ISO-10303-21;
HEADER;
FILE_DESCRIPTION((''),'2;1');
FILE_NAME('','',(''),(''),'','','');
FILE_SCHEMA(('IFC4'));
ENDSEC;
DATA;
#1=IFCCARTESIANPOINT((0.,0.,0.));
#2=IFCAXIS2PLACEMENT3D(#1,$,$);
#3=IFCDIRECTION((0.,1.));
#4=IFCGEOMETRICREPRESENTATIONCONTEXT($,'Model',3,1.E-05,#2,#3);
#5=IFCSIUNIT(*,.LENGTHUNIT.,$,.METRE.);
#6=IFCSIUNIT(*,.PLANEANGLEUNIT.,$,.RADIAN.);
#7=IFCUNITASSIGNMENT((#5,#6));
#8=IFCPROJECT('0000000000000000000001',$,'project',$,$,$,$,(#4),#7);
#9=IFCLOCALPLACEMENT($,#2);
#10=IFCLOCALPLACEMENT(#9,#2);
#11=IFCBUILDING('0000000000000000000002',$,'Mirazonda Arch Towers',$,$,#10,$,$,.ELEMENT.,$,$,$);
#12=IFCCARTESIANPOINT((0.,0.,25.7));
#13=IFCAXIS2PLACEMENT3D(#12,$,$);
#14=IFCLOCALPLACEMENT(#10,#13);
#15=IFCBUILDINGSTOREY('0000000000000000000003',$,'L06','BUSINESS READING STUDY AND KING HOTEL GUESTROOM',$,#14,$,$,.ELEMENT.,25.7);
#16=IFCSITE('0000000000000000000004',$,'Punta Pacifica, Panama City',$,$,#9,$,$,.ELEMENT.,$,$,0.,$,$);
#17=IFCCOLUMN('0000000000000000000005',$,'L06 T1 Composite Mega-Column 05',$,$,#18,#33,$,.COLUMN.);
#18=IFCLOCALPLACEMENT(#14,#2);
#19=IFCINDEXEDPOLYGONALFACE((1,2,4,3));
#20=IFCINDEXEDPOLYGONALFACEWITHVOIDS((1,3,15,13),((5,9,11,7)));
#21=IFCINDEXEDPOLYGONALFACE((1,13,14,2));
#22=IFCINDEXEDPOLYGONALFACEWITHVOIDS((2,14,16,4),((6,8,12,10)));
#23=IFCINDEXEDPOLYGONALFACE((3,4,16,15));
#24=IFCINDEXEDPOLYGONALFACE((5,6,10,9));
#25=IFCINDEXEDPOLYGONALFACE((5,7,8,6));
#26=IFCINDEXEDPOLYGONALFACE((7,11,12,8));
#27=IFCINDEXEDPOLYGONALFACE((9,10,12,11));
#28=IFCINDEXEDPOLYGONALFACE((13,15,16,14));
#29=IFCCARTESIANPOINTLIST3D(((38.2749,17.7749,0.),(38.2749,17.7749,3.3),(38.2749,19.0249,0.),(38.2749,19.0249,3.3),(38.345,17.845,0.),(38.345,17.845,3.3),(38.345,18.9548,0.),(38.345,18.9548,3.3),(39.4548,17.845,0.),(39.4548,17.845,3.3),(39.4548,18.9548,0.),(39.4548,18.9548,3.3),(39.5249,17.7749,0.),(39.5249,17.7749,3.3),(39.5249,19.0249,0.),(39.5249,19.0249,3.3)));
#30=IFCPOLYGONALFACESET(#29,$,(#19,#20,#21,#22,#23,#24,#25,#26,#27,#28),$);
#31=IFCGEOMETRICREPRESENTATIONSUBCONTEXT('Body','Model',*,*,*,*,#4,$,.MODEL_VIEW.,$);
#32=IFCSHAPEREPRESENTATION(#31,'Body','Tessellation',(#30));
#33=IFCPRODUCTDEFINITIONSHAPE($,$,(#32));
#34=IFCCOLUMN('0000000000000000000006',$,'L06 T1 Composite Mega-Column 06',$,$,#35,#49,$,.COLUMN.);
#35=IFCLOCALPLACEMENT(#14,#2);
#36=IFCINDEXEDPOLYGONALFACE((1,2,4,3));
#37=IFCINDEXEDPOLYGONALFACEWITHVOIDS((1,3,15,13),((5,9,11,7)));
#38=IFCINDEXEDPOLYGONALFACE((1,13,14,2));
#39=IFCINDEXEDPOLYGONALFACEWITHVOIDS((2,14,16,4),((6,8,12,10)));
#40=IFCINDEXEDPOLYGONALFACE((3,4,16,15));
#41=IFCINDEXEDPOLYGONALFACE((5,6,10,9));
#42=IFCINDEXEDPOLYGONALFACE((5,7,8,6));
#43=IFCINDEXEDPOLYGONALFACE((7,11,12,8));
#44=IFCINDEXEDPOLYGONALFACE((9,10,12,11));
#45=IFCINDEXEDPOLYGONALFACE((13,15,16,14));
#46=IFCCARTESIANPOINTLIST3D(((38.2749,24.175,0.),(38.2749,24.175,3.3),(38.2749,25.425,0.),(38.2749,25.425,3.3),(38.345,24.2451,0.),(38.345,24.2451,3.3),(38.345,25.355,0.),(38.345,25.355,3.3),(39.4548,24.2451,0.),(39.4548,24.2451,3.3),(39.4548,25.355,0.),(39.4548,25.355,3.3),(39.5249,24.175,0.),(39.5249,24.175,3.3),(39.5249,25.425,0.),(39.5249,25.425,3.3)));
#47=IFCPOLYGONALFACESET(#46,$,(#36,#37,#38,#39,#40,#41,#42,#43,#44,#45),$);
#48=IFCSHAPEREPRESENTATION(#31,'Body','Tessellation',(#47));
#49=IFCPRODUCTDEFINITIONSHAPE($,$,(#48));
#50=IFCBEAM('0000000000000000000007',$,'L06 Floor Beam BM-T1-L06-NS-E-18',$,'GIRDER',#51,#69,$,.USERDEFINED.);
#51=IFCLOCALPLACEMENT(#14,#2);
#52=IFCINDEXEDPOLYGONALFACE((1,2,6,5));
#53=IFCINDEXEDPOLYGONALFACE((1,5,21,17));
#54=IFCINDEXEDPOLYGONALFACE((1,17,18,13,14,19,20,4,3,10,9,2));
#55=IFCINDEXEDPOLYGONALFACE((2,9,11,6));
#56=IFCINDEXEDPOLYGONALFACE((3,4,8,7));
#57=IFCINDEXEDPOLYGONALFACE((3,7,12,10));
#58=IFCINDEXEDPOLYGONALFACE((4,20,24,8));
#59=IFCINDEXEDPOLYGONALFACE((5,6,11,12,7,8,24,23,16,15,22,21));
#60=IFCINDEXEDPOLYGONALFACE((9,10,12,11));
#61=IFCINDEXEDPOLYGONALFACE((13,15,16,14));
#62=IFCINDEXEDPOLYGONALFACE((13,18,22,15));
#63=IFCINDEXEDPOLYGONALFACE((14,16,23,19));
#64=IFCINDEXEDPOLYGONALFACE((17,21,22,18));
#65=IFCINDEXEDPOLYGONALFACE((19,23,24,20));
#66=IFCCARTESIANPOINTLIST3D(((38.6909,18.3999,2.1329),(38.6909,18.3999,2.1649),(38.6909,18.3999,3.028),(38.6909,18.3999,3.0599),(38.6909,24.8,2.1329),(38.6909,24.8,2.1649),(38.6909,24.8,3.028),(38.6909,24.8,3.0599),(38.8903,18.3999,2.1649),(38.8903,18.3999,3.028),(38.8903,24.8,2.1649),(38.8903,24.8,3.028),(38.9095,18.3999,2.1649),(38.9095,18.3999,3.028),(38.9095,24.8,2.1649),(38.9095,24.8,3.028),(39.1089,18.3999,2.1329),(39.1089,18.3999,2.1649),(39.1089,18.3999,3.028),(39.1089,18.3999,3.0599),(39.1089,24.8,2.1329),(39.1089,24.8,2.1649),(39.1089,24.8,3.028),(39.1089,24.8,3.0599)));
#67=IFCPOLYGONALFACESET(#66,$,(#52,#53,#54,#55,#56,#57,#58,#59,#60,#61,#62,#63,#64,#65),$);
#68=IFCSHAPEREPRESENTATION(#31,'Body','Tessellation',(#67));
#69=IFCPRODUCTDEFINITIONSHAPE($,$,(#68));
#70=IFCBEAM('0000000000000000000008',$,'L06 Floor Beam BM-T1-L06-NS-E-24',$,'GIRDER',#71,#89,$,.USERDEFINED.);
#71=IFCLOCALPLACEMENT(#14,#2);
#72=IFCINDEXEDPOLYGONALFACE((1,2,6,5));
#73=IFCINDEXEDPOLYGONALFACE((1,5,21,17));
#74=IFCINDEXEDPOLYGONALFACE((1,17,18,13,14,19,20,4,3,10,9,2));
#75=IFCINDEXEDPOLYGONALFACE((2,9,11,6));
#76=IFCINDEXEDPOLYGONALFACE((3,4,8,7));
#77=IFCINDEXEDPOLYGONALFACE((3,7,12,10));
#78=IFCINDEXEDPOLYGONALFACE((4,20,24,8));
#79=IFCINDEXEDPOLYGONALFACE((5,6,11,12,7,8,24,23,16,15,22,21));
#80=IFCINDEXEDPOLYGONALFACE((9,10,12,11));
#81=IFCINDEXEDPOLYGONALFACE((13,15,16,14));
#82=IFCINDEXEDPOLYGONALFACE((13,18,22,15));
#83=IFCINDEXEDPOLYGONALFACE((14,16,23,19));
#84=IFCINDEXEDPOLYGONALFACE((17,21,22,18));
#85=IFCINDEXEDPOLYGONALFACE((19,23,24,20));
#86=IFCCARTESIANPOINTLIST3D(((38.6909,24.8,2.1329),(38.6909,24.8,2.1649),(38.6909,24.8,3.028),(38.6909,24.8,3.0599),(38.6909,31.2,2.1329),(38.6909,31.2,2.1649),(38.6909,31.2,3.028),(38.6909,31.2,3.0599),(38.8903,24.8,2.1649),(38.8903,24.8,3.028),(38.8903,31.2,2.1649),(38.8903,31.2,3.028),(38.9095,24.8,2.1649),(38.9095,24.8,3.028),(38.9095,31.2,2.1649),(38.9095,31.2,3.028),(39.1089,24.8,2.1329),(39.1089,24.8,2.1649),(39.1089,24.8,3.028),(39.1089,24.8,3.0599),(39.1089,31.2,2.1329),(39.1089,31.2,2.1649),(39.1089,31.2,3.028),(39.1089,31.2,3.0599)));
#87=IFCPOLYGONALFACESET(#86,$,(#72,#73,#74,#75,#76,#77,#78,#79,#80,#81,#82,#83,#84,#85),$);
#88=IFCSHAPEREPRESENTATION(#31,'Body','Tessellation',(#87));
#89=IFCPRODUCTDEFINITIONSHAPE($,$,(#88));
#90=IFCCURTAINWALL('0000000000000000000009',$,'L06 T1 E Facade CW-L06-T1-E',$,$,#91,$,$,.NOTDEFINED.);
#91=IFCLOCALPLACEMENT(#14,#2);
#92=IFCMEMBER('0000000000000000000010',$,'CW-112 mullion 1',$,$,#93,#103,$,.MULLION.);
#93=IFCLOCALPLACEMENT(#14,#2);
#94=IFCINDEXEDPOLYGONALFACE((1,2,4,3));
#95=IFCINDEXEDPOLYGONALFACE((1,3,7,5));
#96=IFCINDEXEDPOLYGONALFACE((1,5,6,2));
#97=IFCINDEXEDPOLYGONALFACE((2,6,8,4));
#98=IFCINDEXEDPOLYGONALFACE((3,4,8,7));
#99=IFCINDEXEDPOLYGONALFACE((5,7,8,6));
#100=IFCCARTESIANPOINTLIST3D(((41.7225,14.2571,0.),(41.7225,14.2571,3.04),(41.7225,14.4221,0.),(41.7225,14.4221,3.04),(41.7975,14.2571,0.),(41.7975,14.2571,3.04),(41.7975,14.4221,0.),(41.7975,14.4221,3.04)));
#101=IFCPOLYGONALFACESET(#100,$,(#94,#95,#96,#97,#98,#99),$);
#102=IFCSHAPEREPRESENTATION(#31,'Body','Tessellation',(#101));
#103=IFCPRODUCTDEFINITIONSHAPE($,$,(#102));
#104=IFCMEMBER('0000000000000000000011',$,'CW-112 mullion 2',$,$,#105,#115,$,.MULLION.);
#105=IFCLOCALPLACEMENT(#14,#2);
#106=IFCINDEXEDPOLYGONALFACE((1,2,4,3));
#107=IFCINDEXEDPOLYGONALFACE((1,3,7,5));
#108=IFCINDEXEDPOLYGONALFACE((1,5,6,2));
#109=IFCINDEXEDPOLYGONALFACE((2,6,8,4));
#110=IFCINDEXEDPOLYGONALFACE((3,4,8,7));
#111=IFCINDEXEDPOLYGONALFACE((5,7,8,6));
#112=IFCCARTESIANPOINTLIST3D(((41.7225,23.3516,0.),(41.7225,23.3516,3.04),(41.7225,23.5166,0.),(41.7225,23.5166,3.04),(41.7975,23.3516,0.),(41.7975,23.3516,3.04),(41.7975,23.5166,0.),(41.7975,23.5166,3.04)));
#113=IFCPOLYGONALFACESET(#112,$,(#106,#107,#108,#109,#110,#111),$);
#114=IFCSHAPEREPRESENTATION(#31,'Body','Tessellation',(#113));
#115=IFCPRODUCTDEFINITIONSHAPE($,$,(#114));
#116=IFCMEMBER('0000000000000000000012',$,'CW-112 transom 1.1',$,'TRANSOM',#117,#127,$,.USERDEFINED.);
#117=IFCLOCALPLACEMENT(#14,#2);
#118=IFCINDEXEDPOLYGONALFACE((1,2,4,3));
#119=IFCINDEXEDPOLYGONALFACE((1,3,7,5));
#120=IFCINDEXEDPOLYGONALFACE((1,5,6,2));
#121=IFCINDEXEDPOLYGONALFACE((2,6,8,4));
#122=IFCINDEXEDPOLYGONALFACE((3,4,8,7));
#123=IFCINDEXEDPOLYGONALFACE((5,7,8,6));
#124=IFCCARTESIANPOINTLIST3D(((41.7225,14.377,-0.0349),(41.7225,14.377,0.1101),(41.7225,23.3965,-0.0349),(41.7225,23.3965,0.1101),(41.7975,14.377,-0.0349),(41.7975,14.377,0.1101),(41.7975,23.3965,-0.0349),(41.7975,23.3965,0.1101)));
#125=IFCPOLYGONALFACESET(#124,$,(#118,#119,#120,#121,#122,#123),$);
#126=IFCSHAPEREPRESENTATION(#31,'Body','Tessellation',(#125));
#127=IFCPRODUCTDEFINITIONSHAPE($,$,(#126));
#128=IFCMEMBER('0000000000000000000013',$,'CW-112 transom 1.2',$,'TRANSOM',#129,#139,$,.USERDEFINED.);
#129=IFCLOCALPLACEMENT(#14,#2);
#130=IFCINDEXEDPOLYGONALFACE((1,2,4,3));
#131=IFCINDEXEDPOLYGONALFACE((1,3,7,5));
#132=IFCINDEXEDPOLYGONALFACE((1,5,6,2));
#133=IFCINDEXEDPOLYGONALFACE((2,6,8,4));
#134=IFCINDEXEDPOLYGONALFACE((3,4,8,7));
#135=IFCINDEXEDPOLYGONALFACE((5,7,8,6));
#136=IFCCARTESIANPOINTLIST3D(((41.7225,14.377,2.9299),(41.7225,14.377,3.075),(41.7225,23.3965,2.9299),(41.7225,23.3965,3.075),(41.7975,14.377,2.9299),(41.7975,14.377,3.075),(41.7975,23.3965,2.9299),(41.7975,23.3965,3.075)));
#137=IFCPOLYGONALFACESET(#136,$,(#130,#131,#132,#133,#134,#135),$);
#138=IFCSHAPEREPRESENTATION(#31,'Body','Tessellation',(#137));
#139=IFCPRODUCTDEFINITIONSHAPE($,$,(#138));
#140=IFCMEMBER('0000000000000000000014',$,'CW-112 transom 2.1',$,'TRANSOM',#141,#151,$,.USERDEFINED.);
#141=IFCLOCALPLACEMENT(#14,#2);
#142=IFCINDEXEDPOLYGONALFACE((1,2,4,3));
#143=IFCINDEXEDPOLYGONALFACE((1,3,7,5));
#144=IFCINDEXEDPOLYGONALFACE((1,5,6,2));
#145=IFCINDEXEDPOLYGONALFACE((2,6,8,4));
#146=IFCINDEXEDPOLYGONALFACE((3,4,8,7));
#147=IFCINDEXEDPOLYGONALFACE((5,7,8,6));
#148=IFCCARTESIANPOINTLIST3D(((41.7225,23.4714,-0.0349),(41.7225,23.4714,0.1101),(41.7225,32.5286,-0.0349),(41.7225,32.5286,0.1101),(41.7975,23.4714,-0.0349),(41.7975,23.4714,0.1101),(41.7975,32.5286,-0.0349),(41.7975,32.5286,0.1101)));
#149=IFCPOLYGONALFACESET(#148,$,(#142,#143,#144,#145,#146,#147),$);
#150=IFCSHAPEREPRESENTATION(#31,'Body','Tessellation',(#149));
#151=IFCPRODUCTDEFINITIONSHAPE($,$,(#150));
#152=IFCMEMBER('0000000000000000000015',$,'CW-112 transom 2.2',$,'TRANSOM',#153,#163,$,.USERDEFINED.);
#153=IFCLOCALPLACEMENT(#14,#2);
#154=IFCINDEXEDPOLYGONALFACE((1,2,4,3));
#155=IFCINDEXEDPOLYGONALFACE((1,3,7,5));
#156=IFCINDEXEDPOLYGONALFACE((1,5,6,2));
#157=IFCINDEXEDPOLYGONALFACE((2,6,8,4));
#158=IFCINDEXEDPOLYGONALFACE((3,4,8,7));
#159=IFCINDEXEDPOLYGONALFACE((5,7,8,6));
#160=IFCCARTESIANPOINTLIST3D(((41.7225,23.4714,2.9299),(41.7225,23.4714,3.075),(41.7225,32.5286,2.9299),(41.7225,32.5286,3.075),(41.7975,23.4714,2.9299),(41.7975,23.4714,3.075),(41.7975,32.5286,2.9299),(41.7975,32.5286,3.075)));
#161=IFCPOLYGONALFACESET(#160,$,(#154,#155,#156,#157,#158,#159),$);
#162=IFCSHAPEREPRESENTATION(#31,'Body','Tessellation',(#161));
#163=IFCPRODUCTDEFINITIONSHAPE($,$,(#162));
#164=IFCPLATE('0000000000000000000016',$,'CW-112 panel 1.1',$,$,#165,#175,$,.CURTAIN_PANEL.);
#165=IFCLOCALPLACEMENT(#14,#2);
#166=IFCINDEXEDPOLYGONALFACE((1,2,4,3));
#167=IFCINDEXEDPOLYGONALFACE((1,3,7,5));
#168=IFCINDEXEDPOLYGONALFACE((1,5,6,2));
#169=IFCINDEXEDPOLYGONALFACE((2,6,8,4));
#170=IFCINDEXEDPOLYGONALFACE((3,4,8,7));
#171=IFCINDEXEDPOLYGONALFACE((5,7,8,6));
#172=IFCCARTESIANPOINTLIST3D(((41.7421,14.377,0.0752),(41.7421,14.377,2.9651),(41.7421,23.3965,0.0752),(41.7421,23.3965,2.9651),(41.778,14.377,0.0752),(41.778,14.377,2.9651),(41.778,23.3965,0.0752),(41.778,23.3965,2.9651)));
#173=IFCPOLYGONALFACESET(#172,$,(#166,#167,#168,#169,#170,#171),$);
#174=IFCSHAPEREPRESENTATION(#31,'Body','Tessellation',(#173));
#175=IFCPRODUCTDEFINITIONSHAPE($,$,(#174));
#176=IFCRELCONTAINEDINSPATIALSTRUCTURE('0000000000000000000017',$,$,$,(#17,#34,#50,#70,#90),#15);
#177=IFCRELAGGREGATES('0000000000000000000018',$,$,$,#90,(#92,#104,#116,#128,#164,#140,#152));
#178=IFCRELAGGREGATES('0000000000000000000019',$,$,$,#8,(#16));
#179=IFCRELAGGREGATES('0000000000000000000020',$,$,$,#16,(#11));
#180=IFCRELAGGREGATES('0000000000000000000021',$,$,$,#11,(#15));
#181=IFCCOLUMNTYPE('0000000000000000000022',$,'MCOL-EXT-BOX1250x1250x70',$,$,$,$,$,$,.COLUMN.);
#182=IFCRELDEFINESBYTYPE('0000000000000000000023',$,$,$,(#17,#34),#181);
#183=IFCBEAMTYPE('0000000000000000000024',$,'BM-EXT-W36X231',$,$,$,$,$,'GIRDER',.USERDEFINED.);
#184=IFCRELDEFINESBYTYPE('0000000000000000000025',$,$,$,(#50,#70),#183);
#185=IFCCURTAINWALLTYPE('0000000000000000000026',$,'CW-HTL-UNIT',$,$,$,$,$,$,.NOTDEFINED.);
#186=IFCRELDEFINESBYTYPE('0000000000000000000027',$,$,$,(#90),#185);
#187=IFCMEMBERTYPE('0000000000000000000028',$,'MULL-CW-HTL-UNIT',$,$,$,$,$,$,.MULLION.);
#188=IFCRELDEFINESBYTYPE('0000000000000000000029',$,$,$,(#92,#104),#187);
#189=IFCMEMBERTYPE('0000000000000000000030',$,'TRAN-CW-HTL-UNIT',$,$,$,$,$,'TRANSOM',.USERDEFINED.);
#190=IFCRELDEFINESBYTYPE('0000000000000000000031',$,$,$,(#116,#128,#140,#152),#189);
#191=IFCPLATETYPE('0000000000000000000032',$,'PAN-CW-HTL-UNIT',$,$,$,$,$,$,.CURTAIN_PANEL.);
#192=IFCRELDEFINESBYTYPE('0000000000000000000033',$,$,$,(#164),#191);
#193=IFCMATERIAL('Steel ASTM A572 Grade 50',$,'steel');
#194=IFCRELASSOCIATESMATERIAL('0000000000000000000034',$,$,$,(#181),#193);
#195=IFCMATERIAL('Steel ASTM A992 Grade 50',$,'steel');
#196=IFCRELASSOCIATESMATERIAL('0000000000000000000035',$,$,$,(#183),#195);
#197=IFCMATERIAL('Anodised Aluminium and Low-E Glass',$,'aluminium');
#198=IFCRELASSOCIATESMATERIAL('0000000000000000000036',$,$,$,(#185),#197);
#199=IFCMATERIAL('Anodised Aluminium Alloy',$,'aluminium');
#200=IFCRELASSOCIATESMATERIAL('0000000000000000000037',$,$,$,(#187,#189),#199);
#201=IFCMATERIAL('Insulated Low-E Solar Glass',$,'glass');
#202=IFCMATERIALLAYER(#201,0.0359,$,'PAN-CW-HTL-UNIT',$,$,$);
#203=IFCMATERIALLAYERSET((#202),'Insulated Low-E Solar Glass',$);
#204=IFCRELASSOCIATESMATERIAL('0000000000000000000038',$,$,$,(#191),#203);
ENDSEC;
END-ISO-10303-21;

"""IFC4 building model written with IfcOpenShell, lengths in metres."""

from ifc_helpers import new_model, si_unit, direction, frame, origin, origin_2d, place, context, subcontext, project, spatial, rectangle, hollow_rectangle, i_section, extrude, material, layer, layer_set, material_profile, profile_set, type_object, element, aggregate, save


model = new_model("IFC4")

# Units and contexts
model_context = context("Model", 3, precision=1e-05, world=origin(), true_north=direction((0.0, 1.0)))
body_context = subcontext(model_context, "Body", "Model", "MODEL_VIEW")
ifc_project = project(units=[si_unit("LENGTHUNIT", "METRE"), si_unit("PLANEANGLEUNIT", "RADIAN")], contexts=[model_context])

# Site, building, storey
site_placement = place(None, origin())
site = spatial("IfcSite", under=ifc_project, at=site_placement, Name="Punta Pacifica, Panama City", CompositionType="ELEMENT", RefElevation=0.0)
building_placement = place(site_placement, origin())
building = spatial("IfcBuilding", under=site, at=building_placement, Name="Mirazonda Arch Towers", CompositionType="ELEMENT")
storey_placement = place(building_placement, frame((0.0, 0.0, 25.7)))
storey = spatial("IfcBuildingStorey", under=building, at=storey_placement, Name="L06", Description="BUSINESS READING STUDY AND KING HOTEL GUESTROOM", CompositionType="ELEMENT", Elevation=25.7)

# Columns
ifc_material_1 = material(Name="Steel ASTM A572 Grade 50", Category="steel")
ifc_material_profile_1 = material_profile(ifc_material_1, hollow_rectangle(XDim=1.25, YDim=1.25, WallThickness=0.0701, at=origin_2d()), Name="BOX1250x1250x70")
ifc_profile_set_1 = profile_set([ifc_material_profile_1], Name="Steel ASTM A572 Grade 50")
column_type = type_object("IfcColumnType", Name="MCOL-EXT-BOX1250x1250x70", PredefinedType="COLUMN", material=ifc_profile_set_1)
for number, where, z_axis, x_axis, name in (
    (1, (38.8999, 18.3999, 0.0), (0.0, 0.0, 1.0), (1.0, 0.0, 0.0), "L06 T1 Composite Mega-Column 05"),
    (2, (38.8999, 24.8, 0.0), (0.0, 0.0, 1.0), (1.0, 0.0, 0.0), "L06 T1 Composite Mega-Column 06"),
):
    element("IfcColumn", number, at=place(storey_placement, frame(where, z_axis=z_axis, x_axis=x_axis)), inside=storey, type_object=column_type, Name=name, PredefinedType="COLUMN", context=body_context, shape_type="SweptSolid", body=[
        extrude(hollow_rectangle(XDim=1.25, YDim=1.25, WallThickness=0.0701, at=origin_2d()), origin(), (0.0, 0.0, 1.0), 3.3),
    ])

# Beams
ifc_material_2 = material(Name="Steel ASTM A992 Grade 50", Category="steel")
ifc_material_profile_2 = material_profile(ifc_material_2, i_section(OverallWidth=0.418, OverallDepth=0.927, WebThickness=0.0193, FlangeThickness=0.032, at=origin_2d()), Name="W36X231")
ifc_profile_set_2 = profile_set([ifc_material_profile_2], Name="Steel ASTM A992 Grade 50")
beam_type = type_object("IfcBeamType", Name="BM-EXT-W36X231", ElementType="GIRDER", PredefinedType="USERDEFINED", material=ifc_profile_set_2)
beam_1_placement = place(storey_placement, frame((38.8999, 18.3999, 2.5964), z_axis=(0.0, 1.0, 0.0), x_axis=(-1.0, 0.0, 0.0)))
element("IfcBeam", 3, at=beam_1_placement, inside=storey, type_object=beam_type, Name="L06 Floor Beam BM-T1-L06-NS-E-18", ObjectType="GIRDER", PredefinedType="USERDEFINED", context=body_context, shape_type="SweptSolid", body=[
    extrude(i_section(OverallWidth=0.418, OverallDepth=0.927, WebThickness=0.0193, FlangeThickness=0.032, at=origin_2d()), origin(), (0.0, 0.0, 1.0), 6.4001),
])
beam_2_placement = place(storey_placement, frame((38.8999, 24.8, 2.5964), z_axis=(0.0, 1.0, 0.0), x_axis=(-1.0, 0.0, 0.0)))
element("IfcBeam", 4, at=beam_2_placement, inside=storey, type_object=beam_type, Name="L06 Floor Beam BM-T1-L06-NS-E-24", ObjectType="GIRDER", PredefinedType="USERDEFINED", context=body_context, shape_type="SweptSolid", body=[
    extrude(i_section(OverallWidth=0.418, OverallDepth=0.927, WebThickness=0.0193, FlangeThickness=0.032, at=origin_2d()), origin(), (0.0, 0.0, 1.0), 6.3999),
])

# Curtain wall, members, plate
ifc_material_3 = material(Name="Anodised Aluminium and Low-E Glass", Category="aluminium")
curtain_wall_type = type_object("IfcCurtainWallType", Name="CW-HTL-UNIT", PredefinedType="NOTDEFINED", material=ifc_material_3)
curtain_wall_placement = place(storey_placement, origin())
curtain_wall = element("IfcCurtainWall", 5, at=curtain_wall_placement, inside=storey, type_object=curtain_wall_type, Name="L06 T1 E Facade CW-L06-T1-E", PredefinedType="NOTDEFINED")
ifc_material_4 = material(Name="Anodised Aluminium Alloy", Category="aluminium")
ifc_material_profile_3 = material_profile(ifc_material_4, rectangle(XDim=0.075, YDim=0.165, at=origin_2d()), Name="ALU-MULL-75x165")
ifc_profile_set_3 = profile_set([ifc_material_profile_3], Name="Anodised Aluminium Alloy")
member_type_1 = type_object("IfcMemberType", Name="MULL-CW-HTL-UNIT", PredefinedType="MULLION", material=ifc_profile_set_3)
member_1_placement = place(storey_placement, frame((41.76, 14.3396, 0.0), z_axis=(0.0, 0.0, 1.0), x_axis=(-1.0, 0.0, 0.0)))
member_1 = element("IfcMember", 6, at=member_1_placement, type_object=member_type_1, Name="CW-112 mullion 1", PredefinedType="MULLION", context=body_context, shape_type="SweptSolid", body=[
    extrude(rectangle(XDim=0.075, YDim=0.165, at=origin_2d()), origin(), (0.0, 0.0, 1.0), 3.04),
])
member_2_placement = place(storey_placement, frame((41.76, 23.4341, 0.0), z_axis=(0.0, 0.0, 1.0), x_axis=(-1.0, 0.0, 0.0)))
member_2 = element("IfcMember", 7, at=member_2_placement, type_object=member_type_1, Name="CW-112 mullion 2", PredefinedType="MULLION", context=body_context, shape_type="SweptSolid", body=[
    extrude(rectangle(XDim=0.075, YDim=0.165, at=origin_2d()), origin(), (0.0, 0.0, 1.0), 3.04),
])
ifc_material_profile_4 = material_profile(ifc_material_4, rectangle(XDim=0.075, YDim=0.145, at=origin_2d()), Name="ALU-TRAN-75x145")
ifc_profile_set_4 = profile_set([ifc_material_profile_4], Name="Anodised Aluminium Alloy")
member_type_2 = type_object("IfcMemberType", Name="TRAN-CW-HTL-UNIT", ElementType="TRANSOM", PredefinedType="USERDEFINED", material=ifc_profile_set_4)
member_3_placement = place(storey_placement, frame((41.76, 14.377, 0.0376), z_axis=(0.0, 1.0, 0.0), x_axis=(-1.0, 0.0, 0.0)))
member_3 = element("IfcMember", 8, at=member_3_placement, type_object=member_type_2, Name="CW-112 transom 1.1", ObjectType="TRANSOM", PredefinedType="USERDEFINED", context=body_context, shape_type="SweptSolid", body=[
    extrude(rectangle(XDim=0.075, YDim=0.145, at=origin_2d()), origin(), (0.0, 0.0, 1.0), 9.0195),
])
member_4_placement = place(storey_placement, frame((41.76, 14.377, 3.0024), z_axis=(0.0, 1.0, 0.0), x_axis=(-1.0, 0.0, 0.0)))
member_4 = element("IfcMember", 9, at=member_4_placement, type_object=member_type_2, Name="CW-112 transom 1.2", ObjectType="TRANSOM", PredefinedType="USERDEFINED", context=body_context, shape_type="SweptSolid", body=[
    extrude(rectangle(XDim=0.075, YDim=0.145, at=origin_2d()), origin(), (0.0, 0.0, 1.0), 9.0195),
])
member_5_placement = place(storey_placement, frame((41.76, 23.4714, 0.0376), z_axis=(0.0, 1.0, 0.0), x_axis=(-1.0, 0.0, 0.0)))
member_5 = element("IfcMember", 10, at=member_5_placement, type_object=member_type_2, Name="CW-112 transom 2.1", ObjectType="TRANSOM", PredefinedType="USERDEFINED", context=body_context, shape_type="SweptSolid", body=[
    extrude(rectangle(XDim=0.075, YDim=0.145, at=origin_2d()), origin(), (0.0, 0.0, 1.0), 9.0571),
])
member_6_placement = place(storey_placement, frame((41.76, 23.4714, 3.0024), z_axis=(0.0, 1.0, 0.0), x_axis=(-1.0, 0.0, 0.0)))
member_6 = element("IfcMember", 11, at=member_6_placement, type_object=member_type_2, Name="CW-112 transom 2.2", ObjectType="TRANSOM", PredefinedType="USERDEFINED", context=body_context, shape_type="SweptSolid", body=[
    extrude(rectangle(XDim=0.075, YDim=0.145, at=origin_2d()), origin(), (0.0, 0.0, 1.0), 9.0571),
])
ifc_material_5 = material(Name="Insulated Low-E Solar Glass", Category="glass")
ifc_layer_1 = layer(ifc_material_5, 0.0359, Name="PAN-CW-HTL-UNIT")
ifc_layer_set_1 = layer_set([ifc_layer_1], Name="Insulated Low-E Solar Glass")
plate_type = type_object("IfcPlateType", Name="PAN-CW-HTL-UNIT", PredefinedType="CURTAIN_PANEL", material=ifc_layer_set_1)
plate_placement = place(storey_placement, frame((41.76, 18.8867, 0.0752), z_axis=(0.0, 0.0, 1.0), x_axis=(0.0, 1.0, 0.0)))
plate = element("IfcPlate", 12, at=plate_placement, type_object=plate_type, Name="CW-112 panel 1.1", PredefinedType="CURTAIN_PANEL", context=body_context, shape_type="SweptSolid", body=[
    extrude(rectangle(XDim=9.0195, YDim=0.0359, at=origin_2d()), origin(), (0.0, 0.0, 1.0), 2.8899),
])
aggregate(curtain_wall, [member_1, member_2, member_3, member_4, plate, member_5, member_6])

save(model, "model.ifc")
